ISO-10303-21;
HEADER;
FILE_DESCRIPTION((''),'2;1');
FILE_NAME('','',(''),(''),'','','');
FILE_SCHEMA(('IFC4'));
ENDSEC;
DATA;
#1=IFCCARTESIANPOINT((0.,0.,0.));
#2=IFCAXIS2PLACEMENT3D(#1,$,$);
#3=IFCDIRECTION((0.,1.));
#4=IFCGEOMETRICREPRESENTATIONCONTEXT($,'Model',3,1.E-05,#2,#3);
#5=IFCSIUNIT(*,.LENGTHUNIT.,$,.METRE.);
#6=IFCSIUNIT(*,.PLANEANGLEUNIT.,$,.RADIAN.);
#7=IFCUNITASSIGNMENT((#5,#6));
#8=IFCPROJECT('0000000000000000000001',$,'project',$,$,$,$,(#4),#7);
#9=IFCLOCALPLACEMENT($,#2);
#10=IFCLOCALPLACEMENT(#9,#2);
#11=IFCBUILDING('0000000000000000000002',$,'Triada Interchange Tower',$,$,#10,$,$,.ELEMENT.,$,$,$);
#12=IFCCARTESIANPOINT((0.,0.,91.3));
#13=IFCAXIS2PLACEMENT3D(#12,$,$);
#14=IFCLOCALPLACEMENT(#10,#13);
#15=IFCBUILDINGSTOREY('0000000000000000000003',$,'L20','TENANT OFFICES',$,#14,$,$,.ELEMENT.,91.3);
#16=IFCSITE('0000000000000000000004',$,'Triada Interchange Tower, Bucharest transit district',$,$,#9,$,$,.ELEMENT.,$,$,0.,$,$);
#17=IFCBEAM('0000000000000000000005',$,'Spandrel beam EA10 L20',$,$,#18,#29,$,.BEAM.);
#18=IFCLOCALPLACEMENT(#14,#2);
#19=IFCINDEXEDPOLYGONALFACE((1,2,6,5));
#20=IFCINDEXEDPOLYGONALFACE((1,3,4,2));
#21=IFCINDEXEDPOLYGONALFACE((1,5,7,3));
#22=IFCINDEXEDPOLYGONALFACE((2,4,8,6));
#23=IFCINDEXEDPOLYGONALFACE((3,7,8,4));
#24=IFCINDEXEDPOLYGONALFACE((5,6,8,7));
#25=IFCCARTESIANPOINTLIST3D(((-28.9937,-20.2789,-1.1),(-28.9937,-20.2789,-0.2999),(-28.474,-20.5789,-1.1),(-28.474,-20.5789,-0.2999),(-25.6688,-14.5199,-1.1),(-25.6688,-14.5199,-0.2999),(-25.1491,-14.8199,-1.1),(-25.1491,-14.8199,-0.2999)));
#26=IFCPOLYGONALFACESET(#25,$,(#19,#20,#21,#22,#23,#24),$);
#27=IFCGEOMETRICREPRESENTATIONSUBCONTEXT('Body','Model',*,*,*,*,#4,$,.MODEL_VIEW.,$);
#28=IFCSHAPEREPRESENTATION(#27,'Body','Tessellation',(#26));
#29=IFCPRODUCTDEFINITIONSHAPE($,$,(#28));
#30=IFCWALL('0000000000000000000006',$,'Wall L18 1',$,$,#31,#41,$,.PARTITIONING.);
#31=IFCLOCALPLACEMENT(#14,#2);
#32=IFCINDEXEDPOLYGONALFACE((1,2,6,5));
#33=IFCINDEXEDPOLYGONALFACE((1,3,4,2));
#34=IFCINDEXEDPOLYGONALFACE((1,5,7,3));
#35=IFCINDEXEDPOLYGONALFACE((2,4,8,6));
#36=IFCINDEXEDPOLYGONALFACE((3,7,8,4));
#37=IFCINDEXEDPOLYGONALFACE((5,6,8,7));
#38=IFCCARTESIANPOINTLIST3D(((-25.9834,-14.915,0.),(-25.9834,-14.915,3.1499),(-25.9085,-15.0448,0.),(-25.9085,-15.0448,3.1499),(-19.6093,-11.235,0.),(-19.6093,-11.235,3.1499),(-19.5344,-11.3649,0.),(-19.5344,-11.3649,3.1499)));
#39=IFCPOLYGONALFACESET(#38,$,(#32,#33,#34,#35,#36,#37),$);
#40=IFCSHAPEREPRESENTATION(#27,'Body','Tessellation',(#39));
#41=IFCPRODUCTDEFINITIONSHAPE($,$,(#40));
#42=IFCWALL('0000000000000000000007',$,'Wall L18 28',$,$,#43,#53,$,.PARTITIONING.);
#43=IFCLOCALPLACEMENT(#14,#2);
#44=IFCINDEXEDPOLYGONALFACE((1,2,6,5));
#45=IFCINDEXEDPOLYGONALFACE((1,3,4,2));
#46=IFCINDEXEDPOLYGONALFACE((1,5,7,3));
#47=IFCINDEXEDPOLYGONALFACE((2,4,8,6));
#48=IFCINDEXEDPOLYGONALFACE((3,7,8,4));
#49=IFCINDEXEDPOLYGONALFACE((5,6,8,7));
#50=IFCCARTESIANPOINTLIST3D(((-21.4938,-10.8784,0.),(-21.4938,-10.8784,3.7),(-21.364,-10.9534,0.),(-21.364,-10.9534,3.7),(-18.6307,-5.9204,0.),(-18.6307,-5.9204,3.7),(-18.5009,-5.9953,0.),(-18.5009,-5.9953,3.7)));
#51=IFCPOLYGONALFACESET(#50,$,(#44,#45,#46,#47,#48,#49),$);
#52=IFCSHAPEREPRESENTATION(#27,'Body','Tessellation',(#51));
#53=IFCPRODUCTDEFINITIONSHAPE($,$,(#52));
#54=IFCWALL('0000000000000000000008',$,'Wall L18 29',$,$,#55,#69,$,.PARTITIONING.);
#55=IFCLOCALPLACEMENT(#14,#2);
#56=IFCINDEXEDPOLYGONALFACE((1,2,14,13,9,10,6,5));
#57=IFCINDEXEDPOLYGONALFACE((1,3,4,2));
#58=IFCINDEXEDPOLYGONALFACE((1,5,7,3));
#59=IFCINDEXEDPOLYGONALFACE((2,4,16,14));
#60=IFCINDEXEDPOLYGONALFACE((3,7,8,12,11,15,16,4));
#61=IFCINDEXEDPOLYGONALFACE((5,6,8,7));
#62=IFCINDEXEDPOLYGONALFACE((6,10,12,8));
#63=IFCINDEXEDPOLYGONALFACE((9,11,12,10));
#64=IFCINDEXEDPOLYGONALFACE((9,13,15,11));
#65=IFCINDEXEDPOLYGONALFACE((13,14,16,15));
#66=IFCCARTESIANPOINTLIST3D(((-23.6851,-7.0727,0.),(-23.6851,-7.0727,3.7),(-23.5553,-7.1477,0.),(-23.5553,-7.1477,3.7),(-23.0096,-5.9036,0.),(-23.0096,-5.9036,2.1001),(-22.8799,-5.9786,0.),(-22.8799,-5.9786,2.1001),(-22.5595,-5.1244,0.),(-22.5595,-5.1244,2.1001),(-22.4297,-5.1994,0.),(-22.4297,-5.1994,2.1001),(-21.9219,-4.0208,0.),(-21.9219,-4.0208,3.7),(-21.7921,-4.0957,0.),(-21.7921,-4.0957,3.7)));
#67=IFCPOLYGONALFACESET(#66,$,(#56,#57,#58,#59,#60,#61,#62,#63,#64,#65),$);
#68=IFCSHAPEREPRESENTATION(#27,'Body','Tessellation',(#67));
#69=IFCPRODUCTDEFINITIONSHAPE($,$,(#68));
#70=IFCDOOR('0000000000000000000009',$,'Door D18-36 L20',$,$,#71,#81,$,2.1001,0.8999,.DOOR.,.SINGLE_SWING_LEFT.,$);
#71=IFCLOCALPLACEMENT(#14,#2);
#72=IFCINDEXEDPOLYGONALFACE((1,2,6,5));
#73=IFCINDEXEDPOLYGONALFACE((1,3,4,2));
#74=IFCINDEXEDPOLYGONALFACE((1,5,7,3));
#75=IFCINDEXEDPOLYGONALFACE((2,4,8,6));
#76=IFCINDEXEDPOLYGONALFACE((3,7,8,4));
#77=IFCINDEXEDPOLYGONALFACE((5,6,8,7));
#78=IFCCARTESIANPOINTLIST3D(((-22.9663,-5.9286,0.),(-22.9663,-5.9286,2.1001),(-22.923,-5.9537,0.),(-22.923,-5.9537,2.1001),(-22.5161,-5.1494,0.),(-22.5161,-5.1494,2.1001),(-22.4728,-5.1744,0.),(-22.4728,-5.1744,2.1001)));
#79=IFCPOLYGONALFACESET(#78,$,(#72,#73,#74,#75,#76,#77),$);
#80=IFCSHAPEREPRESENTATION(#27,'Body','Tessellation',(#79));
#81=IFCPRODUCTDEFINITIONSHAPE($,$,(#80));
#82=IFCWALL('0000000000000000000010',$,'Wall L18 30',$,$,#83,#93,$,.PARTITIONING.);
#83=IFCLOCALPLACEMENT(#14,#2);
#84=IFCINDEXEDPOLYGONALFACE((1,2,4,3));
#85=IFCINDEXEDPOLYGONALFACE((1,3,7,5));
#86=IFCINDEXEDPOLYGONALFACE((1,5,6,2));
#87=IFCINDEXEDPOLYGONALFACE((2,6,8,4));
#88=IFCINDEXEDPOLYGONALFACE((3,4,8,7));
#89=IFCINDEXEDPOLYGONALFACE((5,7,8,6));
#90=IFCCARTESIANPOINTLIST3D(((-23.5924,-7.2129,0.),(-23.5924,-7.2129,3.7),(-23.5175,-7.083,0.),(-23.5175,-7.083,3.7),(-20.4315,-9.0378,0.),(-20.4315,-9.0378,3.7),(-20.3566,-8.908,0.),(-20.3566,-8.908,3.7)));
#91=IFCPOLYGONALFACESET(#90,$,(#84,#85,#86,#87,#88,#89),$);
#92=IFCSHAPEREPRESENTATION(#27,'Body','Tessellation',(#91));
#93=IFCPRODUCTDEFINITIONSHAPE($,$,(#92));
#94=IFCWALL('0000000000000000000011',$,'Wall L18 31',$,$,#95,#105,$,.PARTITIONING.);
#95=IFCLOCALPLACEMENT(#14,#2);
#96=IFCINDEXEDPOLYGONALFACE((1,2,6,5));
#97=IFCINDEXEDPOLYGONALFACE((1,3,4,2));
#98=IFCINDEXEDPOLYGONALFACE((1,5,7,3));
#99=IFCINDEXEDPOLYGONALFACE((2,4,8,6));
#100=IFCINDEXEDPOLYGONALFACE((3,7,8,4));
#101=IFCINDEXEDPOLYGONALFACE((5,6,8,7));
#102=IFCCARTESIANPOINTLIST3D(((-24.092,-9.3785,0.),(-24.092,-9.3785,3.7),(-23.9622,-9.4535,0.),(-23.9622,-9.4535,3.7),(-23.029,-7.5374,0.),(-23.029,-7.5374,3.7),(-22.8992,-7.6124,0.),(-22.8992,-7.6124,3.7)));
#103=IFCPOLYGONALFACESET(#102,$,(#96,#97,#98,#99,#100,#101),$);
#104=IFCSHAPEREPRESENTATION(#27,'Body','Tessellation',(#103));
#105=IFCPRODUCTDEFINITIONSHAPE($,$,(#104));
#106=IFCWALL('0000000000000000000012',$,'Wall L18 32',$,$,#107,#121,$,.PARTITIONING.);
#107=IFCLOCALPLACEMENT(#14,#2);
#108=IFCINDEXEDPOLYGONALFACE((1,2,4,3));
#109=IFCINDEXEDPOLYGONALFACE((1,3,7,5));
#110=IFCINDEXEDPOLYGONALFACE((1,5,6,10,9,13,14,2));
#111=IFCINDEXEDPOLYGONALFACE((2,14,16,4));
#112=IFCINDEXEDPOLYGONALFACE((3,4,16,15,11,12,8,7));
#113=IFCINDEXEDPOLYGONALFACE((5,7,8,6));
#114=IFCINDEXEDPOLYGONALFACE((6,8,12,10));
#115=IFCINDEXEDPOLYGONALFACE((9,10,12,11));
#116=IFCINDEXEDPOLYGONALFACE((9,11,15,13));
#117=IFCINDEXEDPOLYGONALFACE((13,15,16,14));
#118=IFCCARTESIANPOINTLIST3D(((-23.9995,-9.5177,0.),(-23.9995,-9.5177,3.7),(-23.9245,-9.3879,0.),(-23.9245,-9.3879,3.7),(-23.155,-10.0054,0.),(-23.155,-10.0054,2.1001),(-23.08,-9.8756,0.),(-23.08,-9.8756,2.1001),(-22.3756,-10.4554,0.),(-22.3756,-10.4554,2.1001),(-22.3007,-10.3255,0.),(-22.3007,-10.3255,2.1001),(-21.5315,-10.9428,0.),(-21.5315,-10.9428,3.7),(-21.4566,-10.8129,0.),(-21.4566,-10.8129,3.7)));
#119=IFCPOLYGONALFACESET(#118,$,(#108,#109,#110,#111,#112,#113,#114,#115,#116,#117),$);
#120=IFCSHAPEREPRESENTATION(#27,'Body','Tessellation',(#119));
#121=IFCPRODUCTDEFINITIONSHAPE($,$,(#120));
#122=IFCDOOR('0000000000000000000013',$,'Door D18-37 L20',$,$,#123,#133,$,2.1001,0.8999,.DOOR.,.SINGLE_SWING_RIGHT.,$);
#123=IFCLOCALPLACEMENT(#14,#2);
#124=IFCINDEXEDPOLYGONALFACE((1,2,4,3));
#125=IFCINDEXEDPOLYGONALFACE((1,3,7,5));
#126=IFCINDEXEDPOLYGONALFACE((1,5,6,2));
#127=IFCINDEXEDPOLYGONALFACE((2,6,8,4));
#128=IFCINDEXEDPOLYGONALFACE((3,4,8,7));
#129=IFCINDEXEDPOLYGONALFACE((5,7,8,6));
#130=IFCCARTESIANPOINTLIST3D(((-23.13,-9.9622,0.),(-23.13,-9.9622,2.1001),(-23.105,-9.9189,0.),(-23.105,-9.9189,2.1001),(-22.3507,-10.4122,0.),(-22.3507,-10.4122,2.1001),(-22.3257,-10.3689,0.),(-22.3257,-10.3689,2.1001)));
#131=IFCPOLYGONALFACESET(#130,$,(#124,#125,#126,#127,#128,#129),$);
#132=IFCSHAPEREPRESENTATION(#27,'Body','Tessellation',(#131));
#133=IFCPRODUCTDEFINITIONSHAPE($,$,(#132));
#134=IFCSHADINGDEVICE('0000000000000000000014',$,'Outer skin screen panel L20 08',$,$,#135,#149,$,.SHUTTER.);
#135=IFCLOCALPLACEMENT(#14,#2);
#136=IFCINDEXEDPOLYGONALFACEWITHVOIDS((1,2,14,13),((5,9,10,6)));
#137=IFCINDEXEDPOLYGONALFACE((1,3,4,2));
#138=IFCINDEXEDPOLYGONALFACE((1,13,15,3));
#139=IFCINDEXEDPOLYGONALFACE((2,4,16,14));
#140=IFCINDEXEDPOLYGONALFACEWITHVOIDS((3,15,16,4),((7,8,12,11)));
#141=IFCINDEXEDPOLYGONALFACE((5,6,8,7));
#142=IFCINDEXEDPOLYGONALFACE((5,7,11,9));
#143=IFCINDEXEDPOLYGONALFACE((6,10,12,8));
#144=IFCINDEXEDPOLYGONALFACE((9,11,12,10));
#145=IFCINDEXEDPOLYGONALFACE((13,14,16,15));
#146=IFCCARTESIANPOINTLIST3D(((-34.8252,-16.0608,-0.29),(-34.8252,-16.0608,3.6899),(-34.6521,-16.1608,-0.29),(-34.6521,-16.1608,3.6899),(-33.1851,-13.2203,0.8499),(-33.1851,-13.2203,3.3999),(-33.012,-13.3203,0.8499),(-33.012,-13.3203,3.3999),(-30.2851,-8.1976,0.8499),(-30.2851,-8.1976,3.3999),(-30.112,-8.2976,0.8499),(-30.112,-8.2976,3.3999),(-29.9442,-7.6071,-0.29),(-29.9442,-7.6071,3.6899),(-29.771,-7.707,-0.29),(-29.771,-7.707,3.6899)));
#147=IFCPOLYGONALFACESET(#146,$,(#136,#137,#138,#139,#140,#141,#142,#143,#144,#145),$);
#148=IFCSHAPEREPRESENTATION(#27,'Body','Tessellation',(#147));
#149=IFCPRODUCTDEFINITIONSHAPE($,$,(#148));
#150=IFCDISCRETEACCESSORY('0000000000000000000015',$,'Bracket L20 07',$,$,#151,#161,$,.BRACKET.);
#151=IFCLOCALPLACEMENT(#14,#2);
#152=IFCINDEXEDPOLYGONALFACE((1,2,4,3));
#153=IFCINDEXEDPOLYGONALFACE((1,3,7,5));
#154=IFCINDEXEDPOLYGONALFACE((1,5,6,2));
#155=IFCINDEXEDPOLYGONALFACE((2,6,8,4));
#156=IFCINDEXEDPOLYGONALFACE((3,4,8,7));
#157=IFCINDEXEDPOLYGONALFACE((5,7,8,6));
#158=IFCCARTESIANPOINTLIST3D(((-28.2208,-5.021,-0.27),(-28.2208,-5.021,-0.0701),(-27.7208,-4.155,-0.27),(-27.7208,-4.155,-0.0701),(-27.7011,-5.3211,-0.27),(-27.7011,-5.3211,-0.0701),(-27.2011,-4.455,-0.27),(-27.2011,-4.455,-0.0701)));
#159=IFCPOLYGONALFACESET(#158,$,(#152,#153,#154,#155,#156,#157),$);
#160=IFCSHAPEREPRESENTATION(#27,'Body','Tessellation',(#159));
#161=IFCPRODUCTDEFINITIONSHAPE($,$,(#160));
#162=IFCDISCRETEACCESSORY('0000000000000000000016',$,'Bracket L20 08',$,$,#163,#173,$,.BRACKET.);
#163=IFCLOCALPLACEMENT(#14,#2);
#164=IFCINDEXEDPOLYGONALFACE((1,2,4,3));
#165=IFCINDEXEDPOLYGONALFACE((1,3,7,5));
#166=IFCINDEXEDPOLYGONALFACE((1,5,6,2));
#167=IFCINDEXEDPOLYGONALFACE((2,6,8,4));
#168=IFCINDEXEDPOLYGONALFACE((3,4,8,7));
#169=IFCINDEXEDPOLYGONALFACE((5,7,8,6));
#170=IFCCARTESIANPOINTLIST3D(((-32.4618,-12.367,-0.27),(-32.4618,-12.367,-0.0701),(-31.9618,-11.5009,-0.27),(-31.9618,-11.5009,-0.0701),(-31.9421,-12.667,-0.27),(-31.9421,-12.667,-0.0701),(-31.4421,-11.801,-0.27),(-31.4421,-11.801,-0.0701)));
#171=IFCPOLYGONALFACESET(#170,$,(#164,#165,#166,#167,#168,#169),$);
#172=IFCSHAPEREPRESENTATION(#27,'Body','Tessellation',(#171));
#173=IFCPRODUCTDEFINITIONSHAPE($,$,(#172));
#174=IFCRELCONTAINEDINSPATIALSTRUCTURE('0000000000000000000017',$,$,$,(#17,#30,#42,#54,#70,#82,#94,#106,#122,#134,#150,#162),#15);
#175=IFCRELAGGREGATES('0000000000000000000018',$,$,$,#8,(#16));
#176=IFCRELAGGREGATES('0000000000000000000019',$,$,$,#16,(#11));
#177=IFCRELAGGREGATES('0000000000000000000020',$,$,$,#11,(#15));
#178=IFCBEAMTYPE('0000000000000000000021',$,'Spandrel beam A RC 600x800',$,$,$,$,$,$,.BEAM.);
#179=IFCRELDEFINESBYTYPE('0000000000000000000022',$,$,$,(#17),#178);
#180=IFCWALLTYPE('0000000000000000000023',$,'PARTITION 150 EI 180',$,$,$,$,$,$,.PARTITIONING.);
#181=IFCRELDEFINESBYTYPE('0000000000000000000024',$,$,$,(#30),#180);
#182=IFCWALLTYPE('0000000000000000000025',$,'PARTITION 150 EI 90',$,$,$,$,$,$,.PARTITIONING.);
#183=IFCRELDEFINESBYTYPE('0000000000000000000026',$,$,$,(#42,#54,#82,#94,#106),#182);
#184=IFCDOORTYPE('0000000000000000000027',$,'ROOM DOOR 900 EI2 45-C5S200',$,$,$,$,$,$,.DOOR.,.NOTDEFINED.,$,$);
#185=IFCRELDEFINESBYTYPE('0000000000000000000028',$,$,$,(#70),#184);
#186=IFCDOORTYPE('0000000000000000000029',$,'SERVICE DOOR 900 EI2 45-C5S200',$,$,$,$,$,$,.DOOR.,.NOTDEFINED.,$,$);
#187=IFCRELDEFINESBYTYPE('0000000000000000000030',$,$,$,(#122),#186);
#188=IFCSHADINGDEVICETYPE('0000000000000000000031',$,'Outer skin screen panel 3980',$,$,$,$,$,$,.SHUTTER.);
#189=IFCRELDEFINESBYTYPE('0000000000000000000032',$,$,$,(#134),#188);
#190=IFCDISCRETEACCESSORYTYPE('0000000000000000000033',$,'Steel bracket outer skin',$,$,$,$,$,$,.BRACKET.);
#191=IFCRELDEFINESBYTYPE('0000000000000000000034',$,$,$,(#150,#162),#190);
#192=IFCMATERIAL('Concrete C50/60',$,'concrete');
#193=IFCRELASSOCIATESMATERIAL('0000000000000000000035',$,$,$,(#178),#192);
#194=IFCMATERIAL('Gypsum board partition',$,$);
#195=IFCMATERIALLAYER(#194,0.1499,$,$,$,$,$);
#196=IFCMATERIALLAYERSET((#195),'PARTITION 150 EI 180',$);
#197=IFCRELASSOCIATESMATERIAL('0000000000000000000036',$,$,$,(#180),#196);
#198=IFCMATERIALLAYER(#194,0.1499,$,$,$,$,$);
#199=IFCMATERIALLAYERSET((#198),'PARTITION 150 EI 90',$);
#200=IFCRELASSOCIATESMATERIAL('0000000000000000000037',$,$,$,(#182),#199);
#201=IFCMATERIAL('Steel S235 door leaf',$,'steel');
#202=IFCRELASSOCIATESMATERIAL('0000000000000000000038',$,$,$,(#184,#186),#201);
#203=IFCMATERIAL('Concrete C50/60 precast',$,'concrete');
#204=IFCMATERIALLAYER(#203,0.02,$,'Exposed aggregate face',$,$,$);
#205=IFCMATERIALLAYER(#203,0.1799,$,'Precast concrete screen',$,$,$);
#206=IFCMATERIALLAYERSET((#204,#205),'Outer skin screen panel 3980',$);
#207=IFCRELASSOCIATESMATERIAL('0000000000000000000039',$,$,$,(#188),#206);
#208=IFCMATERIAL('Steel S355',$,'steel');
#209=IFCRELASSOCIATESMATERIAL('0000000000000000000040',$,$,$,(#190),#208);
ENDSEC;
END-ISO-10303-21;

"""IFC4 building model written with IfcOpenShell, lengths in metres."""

from ifc_helpers import new_model, si_unit, direction, frame, frame_2d, origin, origin_2d, place, context, subcontext, project, spatial, polyline, rectangle, outline, extrude, material, layer, layer_set, material_profile, profile_set, type_object, element, fill, save


model = new_model("IFC4")

# Units and contexts
model_context = context("Model", 3, precision=1e-05, world=origin(), true_north=direction((0.0, 1.0)))
body_context = subcontext(model_context, "Body", "Model", "MODEL_VIEW")
ifc_project = project(units=[si_unit("LENGTHUNIT", "METRE"), si_unit("PLANEANGLEUNIT", "RADIAN")], contexts=[model_context])

# Site, building, storey
site_placement = place(None, origin())
site = spatial("IfcSite", under=ifc_project, at=site_placement, Name="Triada Interchange Tower, Bucharest transit district", CompositionType="ELEMENT", RefElevation=0.0)
building_placement = place(site_placement, origin())
building = spatial("IfcBuilding", under=site, at=building_placement, Name="Triada Interchange Tower", CompositionType="ELEMENT")
storey_placement = place(building_placement, frame((0.0, 0.0, 91.3)))
storey = spatial("IfcBuildingStorey", under=building, at=storey_placement, Name="L20", Description="TENANT OFFICES", CompositionType="ELEMENT", Elevation=91.3)

# Beam
ifc_material_1 = material(Name="Concrete C50/60", Category="concrete")
ifc_material_profile_1 = material_profile(ifc_material_1, rectangle(XDim=0.6001, YDim=0.8, at=origin_2d()), Name="RC 600x800")
ifc_profile_set_1 = profile_set([ifc_material_profile_1], Name="Concrete C50/60")
beam_type_1 = type_object("IfcBeamType", Name="Spandrel beam A RC 600x800", PredefinedType="BEAM", material=ifc_profile_set_1)
beam_1_placement = place(storey_placement, frame((-25.4089, -14.6699, -0.7), z_axis=(-0.499997, -0.866027, 0.0), x_axis=(0.866027, -0.499997, 0.0)))
element("IfcBeam", 1, at=beam_1_placement, inside=storey, type_object=beam_type_1, Name="Spandrel beam EA10 L20", PredefinedType="BEAM", context=body_context, shape_type="SweptSolid", body=[
    extrude(rectangle(XDim=0.6001, YDim=0.8, at=origin_2d()), origin(), (0.0, 0.0, 1.0), 6.6499),
])

# Walls
ifc_material_2 = material(Name="Gypsum board partition")
ifc_layer_1 = layer(ifc_material_2, 0.1499)
ifc_layer_set_1 = layer_set([ifc_layer_1], Name="PARTITION 150 EI 180")
wall_type_1 = type_object("IfcWallType", Name="PARTITION 150 EI 180", PredefinedType="PARTITIONING", material=ifc_layer_set_1)
wall_1_placement = place(storey_placement, frame((-25.946, -14.98, 0.0), z_axis=(0.0, 0.0, 1.0), x_axis=(0.866032, 0.499989, 0.0)))
element("IfcWall", 2, at=wall_1_placement, inside=storey, type_object=wall_type_1, Name="Wall L18 1", PredefinedType="PARTITIONING", context=body_context, shape_type="SweptSolid", body=[
    extrude(rectangle(XDim=7.3601, YDim=0.1499, at=frame_2d((3.6802, 0.0))), origin(), (0.0, 0.0, 1.0), 3.1499),
])
ifc_layer_2 = layer(ifc_material_2, 0.1499)
ifc_layer_set_2 = layer_set([ifc_layer_2], Name="PARTITION 150 EI 90")
wall_type_2 = type_object("IfcWallType", Name="PARTITION 150 EI 90", PredefinedType="PARTITIONING", material=ifc_layer_set_2)
wall_2_placement = place(storey_placement, frame((-21.429, -10.916, 0.0), z_axis=(0.0, 0.0, 1.0), x_axis=(0.500069, 0.865985, 0.0)))
element("IfcWall", 3, at=wall_2_placement, inside=storey, type_object=wall_type_2, Name="Wall L18 28", PredefinedType="PARTITIONING", context=body_context, shape_type="SweptSolid", body=[
    extrude(rectangle(XDim=5.7253, YDim=0.1499, at=frame_2d((2.8628, 0.0))), origin(), (0.0, 0.0, 1.0), 3.7),
])

# Wall, opening, door
wall_3_placement = place(storey_placement, frame((-23.6201, -7.1101, 0.0), z_axis=(0.0, 0.0, 1.0), x_axis=(0.500236, 0.865889, 0.0)))
wall_3 = element("IfcWall", 4, at=wall_3_placement, inside=storey, type_object=wall_type_2, Name="Wall L18 29", PredefinedType="PARTITIONING", context=body_context, shape_type="SweptSolid", body=[
    extrude(rectangle(XDim=3.5247, YDim=0.1499, at=frame_2d((1.7622, 0.0))), origin(), (0.0, 0.0, 1.0), 3.7),
])
opening_1_placement = place(wall_3_placement, frame((1.3501, 0.0, 0.0)))
opening_1 = element("IfcOpeningElement", 5, at=opening_1_placement, cuts=wall_3, PredefinedType="OPENING", context=body_context, shape_type="SweptSolid", body=[
    extrude(rectangle(XDim=0.8999, YDim=2.1001, at=frame_2d((0.45, 1.05))), frame((0.0, 0.085, 0.0), z_axis=(0.0, -1.0, 0.0), x_axis=(1.0, 0.0, 0.0)), (0.0, 0.0, 1.0), 0.1699),
])
ifc_material_3 = material(Name="Steel S235 door leaf", Category="steel")
door_type_1 = type_object("IfcDoorType", Name="ROOM DOOR 900 EI2 45-C5S200", OperationType="NOTDEFINED", PredefinedType="DOOR", material=ifc_material_3)
door_1_placement = place(opening_1_placement, origin())
door_1 = element("IfcDoor", 6, at=door_1_placement, inside=storey, type_object=door_type_1, Name="Door D18-36 L20", OperationType="SINGLE_SWING_LEFT", OverallHeight=2.1001, OverallWidth=0.8999, PredefinedType="DOOR", context=body_context, shape_type="SweptSolid", body=[
    extrude(rectangle(XDim=0.8999, YDim=2.1001, at=frame_2d((0.45, 1.05))), frame((0.0, 0.0249, 0.0), z_axis=(0.0, -1.0, 0.0), x_axis=(1.0, 0.0, 0.0)), (0.0, 0.0, 1.0), 0.05),
])
fill(opening_1, door_1)

# Walls
wall_4_placement = place(storey_placement, frame((-23.5549, -7.1479, 0.0), z_axis=(0.0, 0.0, 1.0), x_axis=(0.866024, -0.500002, 0.0)))
element("IfcWall", 7, at=wall_4_placement, inside=storey, type_object=wall_type_2, Name="Wall L18 30", PredefinedType="PARTITIONING", context=body_context, shape_type="SweptSolid", body=[
    extrude(rectangle(XDim=3.6499, YDim=0.1499, at=frame_2d((1.825, 0.0))), origin(), (0.0, 0.0, 1.0), 3.7),
])
wall_5_placement = place(storey_placement, frame((-24.0271, -9.416, 0.0), z_axis=(0.0, 0.0, 1.0), x_axis=(0.500017, 0.866015, 0.0)))
element("IfcWall", 8, at=wall_5_placement, inside=storey, type_object=wall_type_2, Name="Wall L18 31", PredefinedType="PARTITIONING", context=body_context, shape_type="SweptSolid", body=[
    extrude(rectangle(XDim=2.126, YDim=0.1499, at=frame_2d((1.063, 0.0))), origin(), (0.0, 0.0, 1.0), 3.7),
])

# Wall, opening, door
wall_6_placement = place(storey_placement, frame((-23.9619, -9.4529, 0.0), z_axis=(0.0, 0.0, 1.0), x_axis=(0.866004, -0.500036, 0.0)))
wall_6 = element("IfcWall", 9, at=wall_6_placement, inside=storey, type_object=wall_type_2, Name="Wall L18 32", PredefinedType="PARTITIONING", context=body_context, shape_type="SweptSolid", body=[
    extrude(rectangle(XDim=2.8499, YDim=0.1499, at=frame_2d((1.4248, 0.0))), origin(), (0.0, 0.0, 1.0), 3.7),
])
opening_2_placement = place(wall_6_placement, frame((0.9751, 0.0, 0.0)))
opening_2 = element("IfcOpeningElement", 10, at=opening_2_placement, cuts=wall_6, PredefinedType="OPENING", context=body_context, shape_type="SweptSolid", body=[
    extrude(rectangle(XDim=0.8999, YDim=2.1001, at=frame_2d((0.45, 1.05))), frame((0.0, 0.085, 0.0), z_axis=(0.0, -1.0, 0.0), x_axis=(1.0, 0.0, 0.0)), (0.0, 0.0, 1.0), 0.1699),
])
door_type_2 = type_object("IfcDoorType", Name="SERVICE DOOR 900 EI2 45-C5S200", OperationType="NOTDEFINED", PredefinedType="DOOR", material=ifc_material_3)
door_2_placement = place(opening_2_placement, origin())
door_2 = element("IfcDoor", 11, at=door_2_placement, inside=storey, type_object=door_type_2, Name="Door D18-37 L20", OperationType="SINGLE_SWING_RIGHT", OverallHeight=2.1001, OverallWidth=0.8999, PredefinedType="DOOR", context=body_context, shape_type="SweptSolid", body=[
    extrude(rectangle(XDim=0.8999, YDim=2.1001, at=frame_2d((0.45, 1.05))), frame((0.0, 0.0249, 0.0), z_axis=(0.0, -1.0, 0.0), x_axis=(1.0, 0.0, 0.0)), (0.0, 0.0, 1.0), 0.05),
])
fill(opening_2, door_2)

# Shading device
ifc_material_4 = material(Name="Concrete C50/60 precast", Category="concrete")
ifc_layer_3 = layer(ifc_material_4, 0.02, Name="Exposed aggregate face")
ifc_layer_4 = layer(ifc_material_4, 0.1799, Name="Precast concrete screen")
ifc_layer_set_3 = layer_set([ifc_layer_3, ifc_layer_4], Name="Outer skin screen panel 3980")
shading_device_type = type_object("IfcShadingDeviceType", Name="Outer skin screen panel 3980", PredefinedType="SHUTTER", material=ifc_layer_set_3)
shading_device_placement = place(storey_placement, frame((-29.771, -7.707, -0.29), z_axis=(0.0, 0.0, 1.0), x_axis=(-0.50002, -0.866014, 0.0)))
element("IfcShadingDevice", 12, at=shading_device_placement, inside=storey, type_object=shading_device_type, Name="Outer skin screen panel L20 08", PredefinedType="SHUTTER", context=body_context, shape_type="SweptSolid", body=[
    extrude(outline(polyline([(0.0, 0.0), (9.7617, 0.0), (9.7617, 3.98), (0.0, 3.98), (0.0, 0.0)]), holes=[polyline([(0.6819, 1.1399), (0.6819, 3.6899), (6.4817, 3.6899), (6.4817, 1.1399), (0.6819, 1.1399)])]), frame((0.0, 0.0, 0.0), z_axis=(0.0, -1.0, 0.0), x_axis=(1.0, 0.0, 0.0)), (0.0, 0.0, 1.0), 0.2),
])

# Discrete accessories
ifc_material_5 = material(Name="Steel S355", Category="steel")
discrete_accessory_type = type_object("IfcDiscreteAccessoryType", Name="Steel bracket outer skin", PredefinedType="BRACKET", material=ifc_material_5)
for number, where, z_axis, x_axis, name in (
    (13, (-27.7109, -4.738, -0.27), (0.0, 0.0, 1.0), (-0.866025, 0.5, 0.0), "Bracket L20 07"),
    (14, (-31.9519, -12.084, -0.27), (0.0, 0.0, 1.0), (-0.866025, 0.5, 0.0), "Bracket L20 08"),
):
    element("IfcDiscreteAccessory", number, at=place(storey_placement, frame(where, z_axis=z_axis, x_axis=x_axis)), inside=storey, type_object=discrete_accessory_type, Name=name, PredefinedType="BRACKET", context=body_context, shape_type="SweptSolid", body=[
        extrude(rectangle(XDim=0.6001, YDim=1.0, at=origin_2d()), origin(), (0.0, 0.0, 1.0), 0.2),
    ])

save(model, "model.ifc")
